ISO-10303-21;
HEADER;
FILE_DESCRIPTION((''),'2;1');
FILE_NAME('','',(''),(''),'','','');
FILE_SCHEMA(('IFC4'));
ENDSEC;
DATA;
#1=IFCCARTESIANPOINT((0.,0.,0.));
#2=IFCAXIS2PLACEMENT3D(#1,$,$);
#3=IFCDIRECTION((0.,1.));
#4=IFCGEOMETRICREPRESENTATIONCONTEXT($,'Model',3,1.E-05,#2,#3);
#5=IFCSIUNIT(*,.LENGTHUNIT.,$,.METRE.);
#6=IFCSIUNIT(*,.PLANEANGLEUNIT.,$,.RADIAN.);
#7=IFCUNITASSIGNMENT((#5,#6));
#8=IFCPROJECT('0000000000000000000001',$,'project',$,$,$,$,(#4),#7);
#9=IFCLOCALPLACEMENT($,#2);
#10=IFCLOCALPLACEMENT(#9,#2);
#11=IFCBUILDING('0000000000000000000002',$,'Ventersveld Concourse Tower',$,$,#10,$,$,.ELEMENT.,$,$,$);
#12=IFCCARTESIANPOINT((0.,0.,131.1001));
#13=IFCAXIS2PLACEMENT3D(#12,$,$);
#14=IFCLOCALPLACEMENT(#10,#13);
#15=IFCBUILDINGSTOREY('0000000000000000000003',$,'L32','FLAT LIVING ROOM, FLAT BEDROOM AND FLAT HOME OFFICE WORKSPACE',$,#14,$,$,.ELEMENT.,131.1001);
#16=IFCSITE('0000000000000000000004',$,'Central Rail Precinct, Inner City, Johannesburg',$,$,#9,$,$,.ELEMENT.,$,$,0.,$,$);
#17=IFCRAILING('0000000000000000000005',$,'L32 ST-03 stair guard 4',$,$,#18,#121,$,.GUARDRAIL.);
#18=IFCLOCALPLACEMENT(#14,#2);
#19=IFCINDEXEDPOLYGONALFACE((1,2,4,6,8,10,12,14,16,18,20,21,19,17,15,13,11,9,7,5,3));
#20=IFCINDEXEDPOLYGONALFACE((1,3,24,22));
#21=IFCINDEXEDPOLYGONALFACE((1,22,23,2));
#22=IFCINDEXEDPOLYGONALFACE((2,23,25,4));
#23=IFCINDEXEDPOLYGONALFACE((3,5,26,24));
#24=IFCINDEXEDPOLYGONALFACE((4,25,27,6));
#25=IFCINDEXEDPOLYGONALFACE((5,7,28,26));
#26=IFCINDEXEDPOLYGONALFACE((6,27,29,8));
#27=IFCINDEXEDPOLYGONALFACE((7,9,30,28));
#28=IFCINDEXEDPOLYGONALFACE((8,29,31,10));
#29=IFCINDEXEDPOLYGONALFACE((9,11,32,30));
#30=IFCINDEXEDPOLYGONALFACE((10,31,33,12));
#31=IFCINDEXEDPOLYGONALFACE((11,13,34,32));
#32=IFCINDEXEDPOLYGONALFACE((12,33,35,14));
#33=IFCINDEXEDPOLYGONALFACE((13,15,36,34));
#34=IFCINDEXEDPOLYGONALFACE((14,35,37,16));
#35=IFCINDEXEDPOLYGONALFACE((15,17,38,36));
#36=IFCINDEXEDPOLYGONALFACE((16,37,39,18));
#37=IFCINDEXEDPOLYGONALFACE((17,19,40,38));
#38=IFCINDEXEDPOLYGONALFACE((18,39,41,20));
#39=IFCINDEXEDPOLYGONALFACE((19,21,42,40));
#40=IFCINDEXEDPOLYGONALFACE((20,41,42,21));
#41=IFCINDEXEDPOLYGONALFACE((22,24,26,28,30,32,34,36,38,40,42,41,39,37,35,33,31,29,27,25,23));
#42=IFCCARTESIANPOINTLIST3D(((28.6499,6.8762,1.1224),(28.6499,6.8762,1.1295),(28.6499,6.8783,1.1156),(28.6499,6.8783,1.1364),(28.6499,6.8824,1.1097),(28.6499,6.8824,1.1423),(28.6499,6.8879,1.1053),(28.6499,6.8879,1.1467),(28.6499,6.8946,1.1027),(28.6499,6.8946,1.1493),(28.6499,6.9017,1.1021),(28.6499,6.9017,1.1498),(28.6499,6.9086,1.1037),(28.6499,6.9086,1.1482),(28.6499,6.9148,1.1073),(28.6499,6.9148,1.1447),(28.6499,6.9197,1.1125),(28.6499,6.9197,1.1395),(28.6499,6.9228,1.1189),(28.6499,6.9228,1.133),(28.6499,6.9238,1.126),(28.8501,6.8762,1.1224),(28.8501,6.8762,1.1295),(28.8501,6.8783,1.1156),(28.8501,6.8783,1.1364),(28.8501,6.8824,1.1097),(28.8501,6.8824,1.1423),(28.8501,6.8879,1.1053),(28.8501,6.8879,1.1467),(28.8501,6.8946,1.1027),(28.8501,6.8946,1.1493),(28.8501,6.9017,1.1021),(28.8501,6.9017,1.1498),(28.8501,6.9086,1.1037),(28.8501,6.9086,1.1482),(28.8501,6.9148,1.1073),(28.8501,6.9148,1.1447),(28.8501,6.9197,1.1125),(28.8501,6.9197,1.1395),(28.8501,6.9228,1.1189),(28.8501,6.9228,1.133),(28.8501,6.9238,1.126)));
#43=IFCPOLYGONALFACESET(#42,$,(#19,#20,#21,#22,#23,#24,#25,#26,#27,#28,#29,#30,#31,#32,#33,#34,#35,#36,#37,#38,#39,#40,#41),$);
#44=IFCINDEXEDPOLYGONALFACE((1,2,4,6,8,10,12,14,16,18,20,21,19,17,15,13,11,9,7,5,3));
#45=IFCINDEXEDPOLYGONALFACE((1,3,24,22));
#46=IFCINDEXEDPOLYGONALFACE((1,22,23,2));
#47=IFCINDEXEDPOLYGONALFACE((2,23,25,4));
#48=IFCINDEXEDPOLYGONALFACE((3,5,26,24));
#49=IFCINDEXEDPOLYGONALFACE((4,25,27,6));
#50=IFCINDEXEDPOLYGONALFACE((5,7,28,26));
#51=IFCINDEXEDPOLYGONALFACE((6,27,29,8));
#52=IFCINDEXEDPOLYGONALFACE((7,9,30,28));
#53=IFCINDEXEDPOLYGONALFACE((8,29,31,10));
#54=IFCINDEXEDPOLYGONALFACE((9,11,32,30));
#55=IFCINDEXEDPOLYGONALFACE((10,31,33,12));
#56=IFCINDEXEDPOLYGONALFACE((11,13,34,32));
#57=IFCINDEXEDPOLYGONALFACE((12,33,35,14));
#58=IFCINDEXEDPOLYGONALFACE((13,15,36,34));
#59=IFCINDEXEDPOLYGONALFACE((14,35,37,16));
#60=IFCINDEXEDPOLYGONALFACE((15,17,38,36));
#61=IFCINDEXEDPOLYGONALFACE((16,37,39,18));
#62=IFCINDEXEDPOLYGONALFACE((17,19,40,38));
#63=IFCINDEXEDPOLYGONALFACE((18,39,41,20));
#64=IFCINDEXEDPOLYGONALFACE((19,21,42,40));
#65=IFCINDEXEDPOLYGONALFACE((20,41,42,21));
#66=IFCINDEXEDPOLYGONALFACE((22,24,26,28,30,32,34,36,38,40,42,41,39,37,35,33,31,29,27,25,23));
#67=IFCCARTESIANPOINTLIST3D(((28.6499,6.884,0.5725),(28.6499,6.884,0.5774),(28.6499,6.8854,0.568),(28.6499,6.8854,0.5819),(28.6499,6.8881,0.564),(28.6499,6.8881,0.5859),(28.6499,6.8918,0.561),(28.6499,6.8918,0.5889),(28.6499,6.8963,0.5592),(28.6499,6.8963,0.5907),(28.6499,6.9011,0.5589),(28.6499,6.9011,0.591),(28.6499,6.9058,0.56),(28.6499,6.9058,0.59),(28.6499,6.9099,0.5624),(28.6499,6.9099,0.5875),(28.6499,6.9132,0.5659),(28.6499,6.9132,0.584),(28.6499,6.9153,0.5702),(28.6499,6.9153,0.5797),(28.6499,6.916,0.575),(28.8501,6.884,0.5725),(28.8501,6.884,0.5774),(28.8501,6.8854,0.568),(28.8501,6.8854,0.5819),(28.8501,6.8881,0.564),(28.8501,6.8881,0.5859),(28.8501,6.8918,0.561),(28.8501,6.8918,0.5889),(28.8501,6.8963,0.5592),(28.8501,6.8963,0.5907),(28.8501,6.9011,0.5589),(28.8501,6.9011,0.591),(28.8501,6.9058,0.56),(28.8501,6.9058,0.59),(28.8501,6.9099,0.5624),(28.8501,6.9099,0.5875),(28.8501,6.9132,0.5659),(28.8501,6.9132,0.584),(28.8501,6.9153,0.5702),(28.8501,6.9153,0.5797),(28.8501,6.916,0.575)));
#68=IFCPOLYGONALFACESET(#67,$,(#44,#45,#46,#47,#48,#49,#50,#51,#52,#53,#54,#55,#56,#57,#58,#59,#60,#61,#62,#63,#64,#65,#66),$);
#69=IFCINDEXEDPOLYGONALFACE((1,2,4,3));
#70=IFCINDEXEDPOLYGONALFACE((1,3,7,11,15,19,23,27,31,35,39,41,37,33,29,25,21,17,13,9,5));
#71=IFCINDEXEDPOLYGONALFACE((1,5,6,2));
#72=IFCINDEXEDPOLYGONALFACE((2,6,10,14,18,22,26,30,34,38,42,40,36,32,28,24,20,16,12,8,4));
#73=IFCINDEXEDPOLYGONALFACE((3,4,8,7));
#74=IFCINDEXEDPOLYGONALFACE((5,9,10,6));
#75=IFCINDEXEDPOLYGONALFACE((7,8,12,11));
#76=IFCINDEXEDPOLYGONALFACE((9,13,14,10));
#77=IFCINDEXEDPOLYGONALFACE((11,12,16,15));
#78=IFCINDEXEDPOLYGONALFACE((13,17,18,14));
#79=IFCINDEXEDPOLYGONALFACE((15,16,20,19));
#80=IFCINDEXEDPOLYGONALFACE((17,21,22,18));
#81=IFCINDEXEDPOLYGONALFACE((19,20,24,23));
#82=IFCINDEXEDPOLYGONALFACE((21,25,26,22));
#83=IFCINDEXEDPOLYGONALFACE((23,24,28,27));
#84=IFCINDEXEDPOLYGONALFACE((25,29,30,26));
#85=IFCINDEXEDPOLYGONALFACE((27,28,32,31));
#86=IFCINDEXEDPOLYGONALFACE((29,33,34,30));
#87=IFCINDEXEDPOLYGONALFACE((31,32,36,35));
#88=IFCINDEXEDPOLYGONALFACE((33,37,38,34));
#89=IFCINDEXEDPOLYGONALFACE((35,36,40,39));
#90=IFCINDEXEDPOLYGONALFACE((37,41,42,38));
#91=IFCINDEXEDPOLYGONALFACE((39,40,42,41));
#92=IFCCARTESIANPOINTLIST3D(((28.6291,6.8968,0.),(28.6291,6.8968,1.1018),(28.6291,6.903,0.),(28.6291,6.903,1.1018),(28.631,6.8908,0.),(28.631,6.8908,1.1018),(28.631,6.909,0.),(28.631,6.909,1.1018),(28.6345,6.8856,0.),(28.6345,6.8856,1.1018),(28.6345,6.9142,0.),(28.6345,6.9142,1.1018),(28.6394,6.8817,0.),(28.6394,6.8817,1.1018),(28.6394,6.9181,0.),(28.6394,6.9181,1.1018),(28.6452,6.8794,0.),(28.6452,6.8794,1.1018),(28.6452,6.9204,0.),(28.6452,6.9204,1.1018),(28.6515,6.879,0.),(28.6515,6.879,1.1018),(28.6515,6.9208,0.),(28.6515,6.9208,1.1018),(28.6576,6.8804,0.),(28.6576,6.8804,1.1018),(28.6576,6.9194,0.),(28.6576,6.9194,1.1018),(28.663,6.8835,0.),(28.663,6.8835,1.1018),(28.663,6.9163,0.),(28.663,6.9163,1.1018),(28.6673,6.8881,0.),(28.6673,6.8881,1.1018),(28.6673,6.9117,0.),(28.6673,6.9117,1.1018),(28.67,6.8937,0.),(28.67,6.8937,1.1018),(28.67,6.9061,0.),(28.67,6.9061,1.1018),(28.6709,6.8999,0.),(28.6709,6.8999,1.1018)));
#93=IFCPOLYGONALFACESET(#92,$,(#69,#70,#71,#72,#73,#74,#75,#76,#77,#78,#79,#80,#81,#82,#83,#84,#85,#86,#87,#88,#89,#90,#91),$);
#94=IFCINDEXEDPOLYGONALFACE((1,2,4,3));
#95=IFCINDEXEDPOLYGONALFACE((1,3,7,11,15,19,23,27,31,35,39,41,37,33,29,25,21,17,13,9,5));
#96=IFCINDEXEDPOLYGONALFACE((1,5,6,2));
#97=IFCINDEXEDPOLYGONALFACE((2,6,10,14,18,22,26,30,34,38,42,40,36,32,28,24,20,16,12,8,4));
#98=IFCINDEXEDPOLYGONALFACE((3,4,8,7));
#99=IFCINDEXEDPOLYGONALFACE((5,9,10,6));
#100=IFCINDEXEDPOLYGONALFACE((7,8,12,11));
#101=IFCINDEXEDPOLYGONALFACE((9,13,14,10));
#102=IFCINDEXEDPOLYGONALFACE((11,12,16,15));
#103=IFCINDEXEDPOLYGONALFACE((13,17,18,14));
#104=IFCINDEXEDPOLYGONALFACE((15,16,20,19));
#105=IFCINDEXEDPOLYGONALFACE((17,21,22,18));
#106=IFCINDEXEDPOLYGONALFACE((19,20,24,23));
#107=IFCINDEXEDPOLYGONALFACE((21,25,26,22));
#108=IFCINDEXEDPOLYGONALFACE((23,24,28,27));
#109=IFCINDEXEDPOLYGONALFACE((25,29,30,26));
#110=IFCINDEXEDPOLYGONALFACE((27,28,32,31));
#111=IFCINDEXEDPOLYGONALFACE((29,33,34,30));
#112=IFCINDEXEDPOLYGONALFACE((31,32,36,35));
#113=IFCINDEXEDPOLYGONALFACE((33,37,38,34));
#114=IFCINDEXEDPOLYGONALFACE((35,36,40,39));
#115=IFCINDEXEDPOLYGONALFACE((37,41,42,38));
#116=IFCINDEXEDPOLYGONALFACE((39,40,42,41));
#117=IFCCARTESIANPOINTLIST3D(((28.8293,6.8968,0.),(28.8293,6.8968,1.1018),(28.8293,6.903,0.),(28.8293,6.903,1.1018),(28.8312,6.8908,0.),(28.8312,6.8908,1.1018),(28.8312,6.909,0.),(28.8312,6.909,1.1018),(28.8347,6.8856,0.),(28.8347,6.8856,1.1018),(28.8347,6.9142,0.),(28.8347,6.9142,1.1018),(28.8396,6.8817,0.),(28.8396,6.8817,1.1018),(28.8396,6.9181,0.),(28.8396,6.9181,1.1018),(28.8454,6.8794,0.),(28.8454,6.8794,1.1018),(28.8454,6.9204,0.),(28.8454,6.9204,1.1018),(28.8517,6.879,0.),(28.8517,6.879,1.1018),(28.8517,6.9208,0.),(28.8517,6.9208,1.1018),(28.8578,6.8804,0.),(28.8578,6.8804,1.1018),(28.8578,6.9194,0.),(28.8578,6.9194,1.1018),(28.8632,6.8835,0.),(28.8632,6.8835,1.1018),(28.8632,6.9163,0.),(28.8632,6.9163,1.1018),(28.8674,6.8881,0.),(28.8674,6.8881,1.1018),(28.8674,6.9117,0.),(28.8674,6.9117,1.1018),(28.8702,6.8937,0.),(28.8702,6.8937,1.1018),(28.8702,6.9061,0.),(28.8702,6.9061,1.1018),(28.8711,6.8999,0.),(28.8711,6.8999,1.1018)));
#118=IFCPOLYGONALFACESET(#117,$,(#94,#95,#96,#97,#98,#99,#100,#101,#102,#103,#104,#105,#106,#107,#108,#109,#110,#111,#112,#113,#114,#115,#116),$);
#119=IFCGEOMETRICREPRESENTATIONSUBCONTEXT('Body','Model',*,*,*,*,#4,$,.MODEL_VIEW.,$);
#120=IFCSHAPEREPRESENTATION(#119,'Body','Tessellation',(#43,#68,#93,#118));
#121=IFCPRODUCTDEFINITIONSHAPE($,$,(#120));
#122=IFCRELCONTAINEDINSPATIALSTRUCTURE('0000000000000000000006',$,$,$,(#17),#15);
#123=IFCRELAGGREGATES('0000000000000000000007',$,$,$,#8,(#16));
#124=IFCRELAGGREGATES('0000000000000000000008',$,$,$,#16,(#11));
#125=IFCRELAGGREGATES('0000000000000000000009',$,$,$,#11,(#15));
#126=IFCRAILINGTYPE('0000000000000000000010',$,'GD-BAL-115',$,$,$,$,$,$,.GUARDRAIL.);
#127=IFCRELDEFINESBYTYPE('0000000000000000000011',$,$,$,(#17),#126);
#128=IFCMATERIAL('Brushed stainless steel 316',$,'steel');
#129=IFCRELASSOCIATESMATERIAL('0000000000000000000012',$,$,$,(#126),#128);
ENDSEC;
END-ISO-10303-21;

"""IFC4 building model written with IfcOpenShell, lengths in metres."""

from ifc_helpers import new_model, si_unit, direction, frame, origin, origin_2d, place, context, subcontext, project, spatial, circle, extrude, material, type_object, element, save


model = new_model("IFC4")

# Units and contexts
model_context = context("Model", 3, precision=1e-05, world=origin(), true_north=direction((0.0, 1.0)))
body_context = subcontext(model_context, "Body", "Model", "MODEL_VIEW")
ifc_project = project(units=[si_unit("LENGTHUNIT", "METRE"), si_unit("PLANEANGLEUNIT", "RADIAN")], contexts=[model_context])

# Site, building, storey
site_placement = place(None, origin())
site = spatial("IfcSite", under=ifc_project, at=site_placement, Name="Central Rail Precinct, Inner City, Johannesburg", CompositionType="ELEMENT", RefElevation=0.0)
building_placement = place(site_placement, origin())
building = spatial("IfcBuilding", under=site, at=building_placement, Name="Ventersveld Concourse Tower", CompositionType="ELEMENT")
storey_placement = place(building_placement, frame((0.0, 0.0, 131.1001)))
storey = spatial("IfcBuildingStorey", under=building, at=storey_placement, Name="L32", Description="FLAT LIVING ROOM, FLAT BEDROOM AND FLAT HOME OFFICE WORKSPACE", CompositionType="ELEMENT", Elevation=131.1001)

# Shared definitions
ifc_material_1 = material(Name="Brushed stainless steel 316", Category="steel")

# Railing
railing_type_1 = type_object("IfcRailingType", Name="GD-BAL-115", PredefinedType="GUARDRAIL", material=ifc_material_1)
railing_1_placement = place(storey_placement, frame((28.6499, 6.8999, 0.0)))
element("IfcRailing", 1, at=railing_1_placement, inside=storey, type_object=railing_type_1, Name="L32 ST-03 stair guard 4", PredefinedType="GUARDRAIL", context=body_context, shape_type="SweptSolid", body=[
    extrude(circle(Radius=0.0239, at=origin_2d()), frame((0.0, 0.0, 1.126), z_axis=(1.0, 0.0, 0.0), x_axis=(0.0, 1.0, 0.0)), (0.0, 0.0, 1.0), 0.2002),
    extrude(circle(Radius=0.0161, at=origin_2d()), frame((0.0, 0.0, 0.575), z_axis=(1.0, 0.0, 0.0), x_axis=(0.0, 1.0, 0.0)), (0.0, 0.0, 1.0), 0.2002),
    extrude(circle(Radius=0.021, at=origin_2d()), origin(), (0.0, 0.0, 1.0), 1.1018),
    extrude(circle(Radius=0.021, at=origin_2d()), frame((0.2002, 0.0, 0.0)), (0.0, 0.0, 1.0), 1.1018),
])

save(model, "model.ifc")
